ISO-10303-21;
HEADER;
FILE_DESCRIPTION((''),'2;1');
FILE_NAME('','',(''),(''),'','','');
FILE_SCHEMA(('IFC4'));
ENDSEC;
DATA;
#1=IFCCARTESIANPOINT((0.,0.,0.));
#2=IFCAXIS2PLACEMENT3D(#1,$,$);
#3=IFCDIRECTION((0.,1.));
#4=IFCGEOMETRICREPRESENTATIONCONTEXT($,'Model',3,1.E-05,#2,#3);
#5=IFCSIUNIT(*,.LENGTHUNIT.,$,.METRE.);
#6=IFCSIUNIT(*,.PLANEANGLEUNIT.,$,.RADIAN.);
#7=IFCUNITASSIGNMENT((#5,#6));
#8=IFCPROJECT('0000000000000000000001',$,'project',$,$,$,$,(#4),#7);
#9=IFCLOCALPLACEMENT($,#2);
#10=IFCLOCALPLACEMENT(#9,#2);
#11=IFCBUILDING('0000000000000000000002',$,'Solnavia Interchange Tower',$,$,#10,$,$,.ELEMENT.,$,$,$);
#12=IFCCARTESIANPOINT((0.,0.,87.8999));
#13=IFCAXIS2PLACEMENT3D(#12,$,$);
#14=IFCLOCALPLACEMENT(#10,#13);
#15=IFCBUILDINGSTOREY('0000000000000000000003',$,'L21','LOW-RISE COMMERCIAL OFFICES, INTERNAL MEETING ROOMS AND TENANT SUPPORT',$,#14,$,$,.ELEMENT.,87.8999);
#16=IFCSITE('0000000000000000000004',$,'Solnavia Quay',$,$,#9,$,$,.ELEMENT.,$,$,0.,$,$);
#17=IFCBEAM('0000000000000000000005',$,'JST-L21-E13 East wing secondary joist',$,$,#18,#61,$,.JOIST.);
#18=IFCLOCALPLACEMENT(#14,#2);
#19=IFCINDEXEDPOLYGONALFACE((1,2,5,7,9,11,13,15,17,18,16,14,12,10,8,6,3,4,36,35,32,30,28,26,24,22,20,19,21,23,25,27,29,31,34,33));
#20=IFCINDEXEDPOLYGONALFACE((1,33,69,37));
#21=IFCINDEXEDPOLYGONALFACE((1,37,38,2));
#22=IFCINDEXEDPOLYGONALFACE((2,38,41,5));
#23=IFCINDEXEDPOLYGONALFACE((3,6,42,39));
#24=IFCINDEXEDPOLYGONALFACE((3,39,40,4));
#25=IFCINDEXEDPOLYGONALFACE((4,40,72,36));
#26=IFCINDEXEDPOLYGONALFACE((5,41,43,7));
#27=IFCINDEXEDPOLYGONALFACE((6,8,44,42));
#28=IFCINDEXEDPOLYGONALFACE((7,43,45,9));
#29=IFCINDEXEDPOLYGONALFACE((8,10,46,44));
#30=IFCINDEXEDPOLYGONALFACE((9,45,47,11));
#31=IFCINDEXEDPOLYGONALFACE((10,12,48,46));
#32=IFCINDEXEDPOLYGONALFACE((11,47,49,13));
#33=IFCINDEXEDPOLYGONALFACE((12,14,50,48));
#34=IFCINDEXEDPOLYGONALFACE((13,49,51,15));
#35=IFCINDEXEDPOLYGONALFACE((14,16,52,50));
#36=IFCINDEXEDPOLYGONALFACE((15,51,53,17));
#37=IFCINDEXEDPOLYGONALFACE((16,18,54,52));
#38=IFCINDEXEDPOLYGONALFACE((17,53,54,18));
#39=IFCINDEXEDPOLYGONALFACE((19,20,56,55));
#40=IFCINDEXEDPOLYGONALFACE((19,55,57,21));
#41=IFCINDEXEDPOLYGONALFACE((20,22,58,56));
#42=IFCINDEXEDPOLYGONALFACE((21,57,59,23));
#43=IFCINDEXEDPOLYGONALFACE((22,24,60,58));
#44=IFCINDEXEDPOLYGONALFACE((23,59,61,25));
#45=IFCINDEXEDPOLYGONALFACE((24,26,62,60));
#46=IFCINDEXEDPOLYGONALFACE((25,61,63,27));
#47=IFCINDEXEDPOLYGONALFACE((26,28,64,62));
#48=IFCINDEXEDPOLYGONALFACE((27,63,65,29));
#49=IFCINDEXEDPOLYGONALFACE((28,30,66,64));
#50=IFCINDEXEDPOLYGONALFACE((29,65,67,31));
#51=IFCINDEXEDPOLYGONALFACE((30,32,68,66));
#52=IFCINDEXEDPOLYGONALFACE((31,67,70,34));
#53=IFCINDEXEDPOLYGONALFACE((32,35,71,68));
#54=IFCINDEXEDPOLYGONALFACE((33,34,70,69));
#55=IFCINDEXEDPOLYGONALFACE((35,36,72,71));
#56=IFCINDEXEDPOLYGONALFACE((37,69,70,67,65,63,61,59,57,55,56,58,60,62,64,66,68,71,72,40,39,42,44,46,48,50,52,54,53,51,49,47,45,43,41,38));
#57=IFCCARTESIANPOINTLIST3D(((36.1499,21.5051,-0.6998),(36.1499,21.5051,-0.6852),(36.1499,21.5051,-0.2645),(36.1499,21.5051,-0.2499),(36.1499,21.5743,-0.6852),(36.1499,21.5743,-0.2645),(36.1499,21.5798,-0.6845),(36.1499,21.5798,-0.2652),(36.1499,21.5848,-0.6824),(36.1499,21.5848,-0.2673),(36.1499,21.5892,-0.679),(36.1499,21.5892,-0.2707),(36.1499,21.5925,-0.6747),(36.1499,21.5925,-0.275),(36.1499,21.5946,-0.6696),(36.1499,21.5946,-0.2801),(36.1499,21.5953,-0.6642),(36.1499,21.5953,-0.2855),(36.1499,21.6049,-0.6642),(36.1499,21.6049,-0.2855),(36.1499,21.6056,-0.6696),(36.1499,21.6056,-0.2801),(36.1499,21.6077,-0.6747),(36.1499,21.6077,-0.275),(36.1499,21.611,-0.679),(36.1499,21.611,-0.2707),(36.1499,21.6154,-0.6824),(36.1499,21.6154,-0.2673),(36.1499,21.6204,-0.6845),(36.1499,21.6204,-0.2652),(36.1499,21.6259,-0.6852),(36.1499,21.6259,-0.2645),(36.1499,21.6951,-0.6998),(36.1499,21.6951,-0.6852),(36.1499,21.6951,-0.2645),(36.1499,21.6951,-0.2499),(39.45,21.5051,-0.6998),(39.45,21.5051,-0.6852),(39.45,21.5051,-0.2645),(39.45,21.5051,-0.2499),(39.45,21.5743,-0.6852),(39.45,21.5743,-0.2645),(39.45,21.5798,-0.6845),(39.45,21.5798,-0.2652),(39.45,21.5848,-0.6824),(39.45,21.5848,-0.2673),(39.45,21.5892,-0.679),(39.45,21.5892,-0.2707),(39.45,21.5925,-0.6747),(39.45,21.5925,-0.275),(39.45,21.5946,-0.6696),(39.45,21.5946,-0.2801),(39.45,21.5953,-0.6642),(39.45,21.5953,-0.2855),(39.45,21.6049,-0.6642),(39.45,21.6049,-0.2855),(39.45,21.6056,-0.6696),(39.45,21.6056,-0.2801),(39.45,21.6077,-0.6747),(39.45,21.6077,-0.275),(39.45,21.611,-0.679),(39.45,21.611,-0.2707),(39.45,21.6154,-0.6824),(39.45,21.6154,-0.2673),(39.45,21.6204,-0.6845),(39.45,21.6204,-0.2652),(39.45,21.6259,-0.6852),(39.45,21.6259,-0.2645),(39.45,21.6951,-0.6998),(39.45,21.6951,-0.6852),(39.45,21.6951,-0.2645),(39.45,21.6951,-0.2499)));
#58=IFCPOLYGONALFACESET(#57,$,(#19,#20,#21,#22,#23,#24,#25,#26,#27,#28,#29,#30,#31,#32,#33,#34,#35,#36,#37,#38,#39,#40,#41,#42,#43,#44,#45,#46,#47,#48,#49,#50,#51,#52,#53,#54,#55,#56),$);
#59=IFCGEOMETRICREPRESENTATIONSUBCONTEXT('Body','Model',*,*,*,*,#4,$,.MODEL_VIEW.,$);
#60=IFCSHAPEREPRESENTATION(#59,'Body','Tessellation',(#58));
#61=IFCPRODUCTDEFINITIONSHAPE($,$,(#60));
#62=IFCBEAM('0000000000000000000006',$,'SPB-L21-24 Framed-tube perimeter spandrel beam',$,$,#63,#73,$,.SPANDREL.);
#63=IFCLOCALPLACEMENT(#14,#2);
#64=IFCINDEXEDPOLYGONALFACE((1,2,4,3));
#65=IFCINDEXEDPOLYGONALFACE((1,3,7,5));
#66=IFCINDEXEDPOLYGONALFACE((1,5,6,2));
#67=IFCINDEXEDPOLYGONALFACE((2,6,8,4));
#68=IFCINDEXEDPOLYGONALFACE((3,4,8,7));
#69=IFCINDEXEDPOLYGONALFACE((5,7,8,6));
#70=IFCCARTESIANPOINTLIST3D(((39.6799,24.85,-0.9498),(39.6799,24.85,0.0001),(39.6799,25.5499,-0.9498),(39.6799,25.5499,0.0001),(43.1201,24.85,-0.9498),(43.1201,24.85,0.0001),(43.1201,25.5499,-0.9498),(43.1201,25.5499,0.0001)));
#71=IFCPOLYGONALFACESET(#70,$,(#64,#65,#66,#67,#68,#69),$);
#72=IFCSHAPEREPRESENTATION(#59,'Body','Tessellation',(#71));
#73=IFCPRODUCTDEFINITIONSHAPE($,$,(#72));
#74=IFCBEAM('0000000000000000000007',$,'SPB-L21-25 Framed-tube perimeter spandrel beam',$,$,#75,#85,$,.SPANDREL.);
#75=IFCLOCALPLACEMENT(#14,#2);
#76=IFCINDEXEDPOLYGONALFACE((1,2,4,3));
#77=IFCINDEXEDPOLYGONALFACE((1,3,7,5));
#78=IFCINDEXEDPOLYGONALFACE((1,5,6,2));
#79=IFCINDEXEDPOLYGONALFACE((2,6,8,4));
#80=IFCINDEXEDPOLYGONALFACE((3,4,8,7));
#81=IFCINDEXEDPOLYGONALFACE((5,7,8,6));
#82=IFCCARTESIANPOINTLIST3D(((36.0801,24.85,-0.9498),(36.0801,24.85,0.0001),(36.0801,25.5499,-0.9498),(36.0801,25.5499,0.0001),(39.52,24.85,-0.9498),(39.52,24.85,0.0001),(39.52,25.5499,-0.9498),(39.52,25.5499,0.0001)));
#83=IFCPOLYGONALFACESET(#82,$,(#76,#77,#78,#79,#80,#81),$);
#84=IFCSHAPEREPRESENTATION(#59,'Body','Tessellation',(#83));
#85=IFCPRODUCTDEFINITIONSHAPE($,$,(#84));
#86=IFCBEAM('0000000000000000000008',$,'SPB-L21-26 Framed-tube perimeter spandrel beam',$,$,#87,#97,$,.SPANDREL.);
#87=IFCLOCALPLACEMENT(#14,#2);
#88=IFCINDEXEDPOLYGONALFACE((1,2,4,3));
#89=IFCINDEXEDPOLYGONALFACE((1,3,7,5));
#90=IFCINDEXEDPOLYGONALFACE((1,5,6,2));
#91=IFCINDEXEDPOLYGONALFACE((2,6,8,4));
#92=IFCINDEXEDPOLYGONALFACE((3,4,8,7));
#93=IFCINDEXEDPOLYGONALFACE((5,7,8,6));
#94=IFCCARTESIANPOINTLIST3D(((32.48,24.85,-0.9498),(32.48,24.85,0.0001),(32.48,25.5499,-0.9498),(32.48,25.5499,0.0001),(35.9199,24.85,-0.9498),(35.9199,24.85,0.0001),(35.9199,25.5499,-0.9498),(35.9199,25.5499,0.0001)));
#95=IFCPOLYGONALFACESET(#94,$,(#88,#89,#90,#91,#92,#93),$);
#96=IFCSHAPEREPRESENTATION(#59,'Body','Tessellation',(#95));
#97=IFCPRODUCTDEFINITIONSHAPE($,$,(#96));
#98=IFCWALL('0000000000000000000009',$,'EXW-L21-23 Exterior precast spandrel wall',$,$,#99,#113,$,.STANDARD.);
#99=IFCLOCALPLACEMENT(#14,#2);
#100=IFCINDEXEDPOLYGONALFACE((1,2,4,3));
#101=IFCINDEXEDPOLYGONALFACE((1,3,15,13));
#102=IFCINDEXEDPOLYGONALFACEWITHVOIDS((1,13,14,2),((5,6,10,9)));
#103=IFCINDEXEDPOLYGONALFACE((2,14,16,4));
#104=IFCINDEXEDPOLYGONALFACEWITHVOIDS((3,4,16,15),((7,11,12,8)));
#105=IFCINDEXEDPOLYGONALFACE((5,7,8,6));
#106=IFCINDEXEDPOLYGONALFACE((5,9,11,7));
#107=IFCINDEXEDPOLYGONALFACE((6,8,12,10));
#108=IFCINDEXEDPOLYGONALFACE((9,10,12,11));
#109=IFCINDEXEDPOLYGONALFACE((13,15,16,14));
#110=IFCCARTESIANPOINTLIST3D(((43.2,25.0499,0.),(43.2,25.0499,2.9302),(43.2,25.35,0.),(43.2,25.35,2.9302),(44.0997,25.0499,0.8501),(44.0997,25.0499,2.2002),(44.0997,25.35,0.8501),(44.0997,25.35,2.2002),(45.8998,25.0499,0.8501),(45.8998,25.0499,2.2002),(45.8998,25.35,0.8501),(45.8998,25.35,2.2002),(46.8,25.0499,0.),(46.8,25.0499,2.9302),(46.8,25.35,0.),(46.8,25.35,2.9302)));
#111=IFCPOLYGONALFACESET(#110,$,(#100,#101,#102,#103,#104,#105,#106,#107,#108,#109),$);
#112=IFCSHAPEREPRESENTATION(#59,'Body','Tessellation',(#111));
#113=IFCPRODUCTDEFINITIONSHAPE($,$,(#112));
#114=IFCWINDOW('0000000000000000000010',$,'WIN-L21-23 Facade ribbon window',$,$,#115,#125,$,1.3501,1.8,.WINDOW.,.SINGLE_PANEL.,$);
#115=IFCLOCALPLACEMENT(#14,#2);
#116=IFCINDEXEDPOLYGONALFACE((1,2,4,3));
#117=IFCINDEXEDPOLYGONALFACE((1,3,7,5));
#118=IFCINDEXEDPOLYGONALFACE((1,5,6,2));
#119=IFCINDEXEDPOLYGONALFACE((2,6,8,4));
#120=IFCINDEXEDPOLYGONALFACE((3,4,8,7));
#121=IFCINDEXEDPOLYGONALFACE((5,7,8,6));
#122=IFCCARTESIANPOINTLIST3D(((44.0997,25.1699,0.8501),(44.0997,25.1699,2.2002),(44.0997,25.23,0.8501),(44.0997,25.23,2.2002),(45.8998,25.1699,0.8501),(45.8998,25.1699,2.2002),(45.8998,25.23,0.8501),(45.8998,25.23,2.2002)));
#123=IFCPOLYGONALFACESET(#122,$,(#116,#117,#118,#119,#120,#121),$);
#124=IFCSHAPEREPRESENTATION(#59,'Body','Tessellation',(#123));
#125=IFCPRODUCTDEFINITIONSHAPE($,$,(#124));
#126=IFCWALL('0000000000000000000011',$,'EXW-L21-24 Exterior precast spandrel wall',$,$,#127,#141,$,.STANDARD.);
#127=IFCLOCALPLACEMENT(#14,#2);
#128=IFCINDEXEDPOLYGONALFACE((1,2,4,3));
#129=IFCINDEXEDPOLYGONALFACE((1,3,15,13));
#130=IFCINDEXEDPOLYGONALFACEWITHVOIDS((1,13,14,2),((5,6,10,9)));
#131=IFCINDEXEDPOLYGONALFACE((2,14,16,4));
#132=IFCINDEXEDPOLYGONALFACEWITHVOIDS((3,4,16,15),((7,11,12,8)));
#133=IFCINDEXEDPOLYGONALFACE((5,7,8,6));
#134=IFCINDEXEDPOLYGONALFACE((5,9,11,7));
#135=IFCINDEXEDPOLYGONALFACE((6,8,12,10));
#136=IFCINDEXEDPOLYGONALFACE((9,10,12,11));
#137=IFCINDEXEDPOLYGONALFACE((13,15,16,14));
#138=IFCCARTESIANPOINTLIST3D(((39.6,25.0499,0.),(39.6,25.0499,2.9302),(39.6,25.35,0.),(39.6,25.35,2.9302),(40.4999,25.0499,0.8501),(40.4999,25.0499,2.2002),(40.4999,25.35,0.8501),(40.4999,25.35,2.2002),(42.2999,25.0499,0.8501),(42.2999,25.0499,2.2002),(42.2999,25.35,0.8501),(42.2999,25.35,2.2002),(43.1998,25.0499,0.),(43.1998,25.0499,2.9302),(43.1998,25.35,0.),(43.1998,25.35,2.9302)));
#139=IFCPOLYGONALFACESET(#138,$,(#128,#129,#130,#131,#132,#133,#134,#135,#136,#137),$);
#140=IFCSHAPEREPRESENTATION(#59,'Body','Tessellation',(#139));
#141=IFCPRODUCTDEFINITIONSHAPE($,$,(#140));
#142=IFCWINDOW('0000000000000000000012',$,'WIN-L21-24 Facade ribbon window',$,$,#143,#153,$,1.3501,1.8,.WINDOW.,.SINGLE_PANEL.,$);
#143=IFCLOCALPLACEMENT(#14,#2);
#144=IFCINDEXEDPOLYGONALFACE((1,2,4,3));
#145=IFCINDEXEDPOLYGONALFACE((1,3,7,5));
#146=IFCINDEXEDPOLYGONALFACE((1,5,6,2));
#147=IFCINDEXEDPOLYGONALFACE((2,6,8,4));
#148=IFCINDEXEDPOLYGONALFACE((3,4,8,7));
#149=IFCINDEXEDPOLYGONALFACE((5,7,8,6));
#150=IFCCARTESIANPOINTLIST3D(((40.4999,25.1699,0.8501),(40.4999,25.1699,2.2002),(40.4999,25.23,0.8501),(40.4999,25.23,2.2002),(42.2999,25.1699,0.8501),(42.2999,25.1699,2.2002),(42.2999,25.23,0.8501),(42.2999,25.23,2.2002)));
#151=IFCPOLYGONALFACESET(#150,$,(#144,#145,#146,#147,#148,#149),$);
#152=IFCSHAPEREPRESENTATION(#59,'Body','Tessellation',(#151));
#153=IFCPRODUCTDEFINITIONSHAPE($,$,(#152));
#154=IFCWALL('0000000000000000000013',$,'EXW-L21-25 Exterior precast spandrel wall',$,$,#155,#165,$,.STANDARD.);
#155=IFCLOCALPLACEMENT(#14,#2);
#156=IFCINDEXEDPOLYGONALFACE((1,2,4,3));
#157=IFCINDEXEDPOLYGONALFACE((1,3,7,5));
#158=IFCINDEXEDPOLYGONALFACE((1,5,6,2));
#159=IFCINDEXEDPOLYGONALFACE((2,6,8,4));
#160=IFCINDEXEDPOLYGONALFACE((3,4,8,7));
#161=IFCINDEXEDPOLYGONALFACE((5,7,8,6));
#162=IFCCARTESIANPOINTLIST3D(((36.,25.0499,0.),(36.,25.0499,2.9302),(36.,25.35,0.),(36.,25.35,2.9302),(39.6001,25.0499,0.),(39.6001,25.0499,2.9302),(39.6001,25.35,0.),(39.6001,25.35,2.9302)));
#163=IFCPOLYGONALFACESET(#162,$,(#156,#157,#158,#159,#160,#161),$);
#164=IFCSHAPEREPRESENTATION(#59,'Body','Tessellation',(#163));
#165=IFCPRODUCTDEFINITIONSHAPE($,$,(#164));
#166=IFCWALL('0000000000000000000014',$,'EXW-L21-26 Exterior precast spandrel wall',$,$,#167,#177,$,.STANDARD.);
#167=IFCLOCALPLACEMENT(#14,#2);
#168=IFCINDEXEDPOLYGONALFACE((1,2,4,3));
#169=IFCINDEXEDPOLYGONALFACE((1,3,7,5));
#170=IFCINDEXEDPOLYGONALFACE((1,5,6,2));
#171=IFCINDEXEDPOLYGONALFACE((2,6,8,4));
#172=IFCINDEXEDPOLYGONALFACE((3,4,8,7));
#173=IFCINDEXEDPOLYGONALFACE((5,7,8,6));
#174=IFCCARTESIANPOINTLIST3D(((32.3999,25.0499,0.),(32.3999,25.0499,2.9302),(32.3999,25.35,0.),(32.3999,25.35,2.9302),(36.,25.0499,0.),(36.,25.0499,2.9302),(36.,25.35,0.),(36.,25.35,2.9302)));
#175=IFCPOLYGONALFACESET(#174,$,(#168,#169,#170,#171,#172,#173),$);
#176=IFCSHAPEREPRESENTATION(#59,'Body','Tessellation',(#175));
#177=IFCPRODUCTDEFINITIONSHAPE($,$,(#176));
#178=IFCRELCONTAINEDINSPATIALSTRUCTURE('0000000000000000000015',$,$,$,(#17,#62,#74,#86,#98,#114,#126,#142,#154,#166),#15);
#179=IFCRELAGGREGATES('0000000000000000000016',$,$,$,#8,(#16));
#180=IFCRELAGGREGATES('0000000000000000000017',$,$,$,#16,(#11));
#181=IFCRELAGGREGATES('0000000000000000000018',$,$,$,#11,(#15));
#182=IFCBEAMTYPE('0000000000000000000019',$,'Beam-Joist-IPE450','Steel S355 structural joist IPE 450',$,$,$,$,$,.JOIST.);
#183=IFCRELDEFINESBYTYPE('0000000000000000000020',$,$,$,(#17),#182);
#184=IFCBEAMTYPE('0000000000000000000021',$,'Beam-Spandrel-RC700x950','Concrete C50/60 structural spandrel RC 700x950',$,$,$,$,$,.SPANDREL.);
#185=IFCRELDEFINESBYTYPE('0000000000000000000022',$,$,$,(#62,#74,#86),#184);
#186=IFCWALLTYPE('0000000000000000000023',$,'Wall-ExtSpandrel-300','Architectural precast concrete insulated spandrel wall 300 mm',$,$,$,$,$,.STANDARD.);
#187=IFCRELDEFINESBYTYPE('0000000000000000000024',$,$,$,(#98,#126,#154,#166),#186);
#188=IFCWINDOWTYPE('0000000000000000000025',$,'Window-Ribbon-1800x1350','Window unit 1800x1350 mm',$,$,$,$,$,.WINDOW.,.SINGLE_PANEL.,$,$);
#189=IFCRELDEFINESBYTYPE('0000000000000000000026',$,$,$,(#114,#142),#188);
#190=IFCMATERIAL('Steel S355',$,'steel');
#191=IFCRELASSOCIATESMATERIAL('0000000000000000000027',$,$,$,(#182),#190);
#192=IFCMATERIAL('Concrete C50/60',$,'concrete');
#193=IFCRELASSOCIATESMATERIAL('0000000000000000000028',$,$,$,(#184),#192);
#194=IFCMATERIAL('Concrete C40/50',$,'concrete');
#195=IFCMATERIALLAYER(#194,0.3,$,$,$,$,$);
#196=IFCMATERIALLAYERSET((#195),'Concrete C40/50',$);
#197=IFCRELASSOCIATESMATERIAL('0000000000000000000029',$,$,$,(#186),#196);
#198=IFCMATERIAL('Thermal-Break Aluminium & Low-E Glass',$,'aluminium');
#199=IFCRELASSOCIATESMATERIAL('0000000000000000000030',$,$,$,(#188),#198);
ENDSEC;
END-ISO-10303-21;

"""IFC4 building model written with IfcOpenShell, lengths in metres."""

from ifc_helpers import new_model, si_unit, direction, frame, frame_2d, origin, origin_2d, place, context, subcontext, project, spatial, rectangle, i_section, extrude, material, layer, layer_set, material_profile, profile_set, type_object, element, fill, save


model = new_model("IFC4")

# Units and contexts
model_context = context("Model", 3, precision=1e-05, world=origin(), true_north=direction((0.0, 1.0)))
body_context = subcontext(model_context, "Body", "Model", "MODEL_VIEW")
ifc_project = project(units=[si_unit("LENGTHUNIT", "METRE"), si_unit("PLANEANGLEUNIT", "RADIAN")], contexts=[model_context])

# Site, building, storey
site_placement = place(None, origin())
site = spatial("IfcSite", under=ifc_project, at=site_placement, Name="Solnavia Quay", CompositionType="ELEMENT", RefElevation=0.0)
building_placement = place(site_placement, origin())
building = spatial("IfcBuilding", under=site, at=building_placement, Name="Solnavia Interchange Tower", CompositionType="ELEMENT")
storey_placement = place(building_placement, frame((0.0, 0.0, 87.8999)))
storey = spatial("IfcBuildingStorey", under=building, at=storey_placement, Name="L21", Description="LOW-RISE COMMERCIAL OFFICES, INTERNAL MEETING ROOMS AND TENANT SUPPORT", CompositionType="ELEMENT", Elevation=87.8999)

# Shared definitions
ifc_material_1 = material(Name="Concrete C50/60", Category="concrete")
ifc_material_2 = material(Name="Steel S355", Category="steel")

# Beams
ifc_material_profile_1 = material_profile(ifc_material_2, i_section(OverallWidth=0.1899, OverallDepth=0.45, WebThickness=0.0095, FlangeThickness=0.0146, FilletRadius=0.021, at=origin_2d()), Name="IPE 450")
ifc_profile_set_1 = profile_set([ifc_material_profile_1], Name="Steel S355")
beam_type_1 = type_object("IfcBeamType", Name="Beam-Joist-IPE450", Description="Steel S355 structural joist IPE 450", PredefinedType="JOIST", material=ifc_profile_set_1)
for number, where, z_axis, x_axis, name in (
    (1, (36.1499, 21.6001, -0.4749), (1.0, 0.0, 0.0), (0.0, 1.0, 0.0), "JST-L21-E13 East wing secondary joist"),
):
    element("IfcBeam", number, at=place(storey_placement, frame(where, z_axis=z_axis, x_axis=x_axis)), inside=storey, type_object=beam_type_1, Name=name, PredefinedType="JOIST", context=body_context, shape_type="SweptSolid", body=[
        extrude(i_section(OverallWidth=0.1899, OverallDepth=0.45, WebThickness=0.0095, FlangeThickness=0.0146, FilletRadius=0.021, at=origin_2d()), origin(), (0.0, 0.0, 1.0), 3.3),
    ])
ifc_material_profile_2 = material_profile(ifc_material_1, rectangle(XDim=0.7, YDim=0.95, at=origin_2d()), Name="RC 700x950")
ifc_profile_set_2 = profile_set([ifc_material_profile_2], Name="Concrete C50/60")
beam_type_2 = type_object("IfcBeamType", Name="Beam-Spandrel-RC700x950", Description="Concrete C50/60 structural spandrel RC 700x950", PredefinedType="SPANDREL", material=ifc_profile_set_2)
beam_1_placement = place(storey_placement, frame((43.1201, 25.2, -0.4749), z_axis=(-1.0, 0.0, 0.0), x_axis=(0.0, -1.0, 0.0)))
element("IfcBeam", 2, at=beam_1_placement, inside=storey, type_object=beam_type_2, Name="SPB-L21-24 Framed-tube perimeter spandrel beam", PredefinedType="SPANDREL", context=body_context, shape_type="SweptSolid", body=[
    extrude(rectangle(XDim=0.7, YDim=0.95, at=origin_2d()), origin(), (0.0, 0.0, 1.0), 3.4402),
])
for number, where, z_axis, x_axis, name in (
    (3, (39.52, 25.2, -0.4749), (-1.0, 0.0, 0.0), (0.0, -1.0, 0.0), "SPB-L21-25 Framed-tube perimeter spandrel beam"),
    (4, (35.9199, 25.2, -0.4749), (-1.0, 0.0, 0.0), (0.0, -1.0, 0.0), "SPB-L21-26 Framed-tube perimeter spandrel beam"),
):
    element("IfcBeam", number, at=place(storey_placement, frame(where, z_axis=z_axis, x_axis=x_axis)), inside=storey, type_object=beam_type_2, Name=name, PredefinedType="SPANDREL", context=body_context, shape_type="SweptSolid", body=[
        extrude(rectangle(XDim=0.7, YDim=0.95, at=origin_2d()), origin(), (0.0, 0.0, 1.0), 3.4399),
    ])

# Walls, openings, windows
ifc_material_3 = material(Name="Concrete C40/50", Category="concrete")
ifc_layer_1 = layer(ifc_material_3, 0.3)
ifc_layer_set_1 = layer_set([ifc_layer_1], Name="Concrete C40/50")
wall_type_1 = type_object("IfcWallType", Name="Wall-ExtSpandrel-300", Description="Architectural precast concrete insulated spandrel wall 300 mm", PredefinedType="STANDARD", material=ifc_layer_set_1)
wall_1_placement = place(storey_placement, frame((43.2, 25.2, 0.0), z_axis=(0.0, 0.0, 1.0), x_axis=(1.0, 0.0, 0.0)))
wall_1 = element("IfcWall", 5, at=wall_1_placement, inside=storey, type_object=wall_type_1, Name="EXW-L21-23 Exterior precast spandrel wall", PredefinedType="STANDARD", context=body_context, shape_type="SweptSolid", body=[
    extrude(rectangle(XDim=3.6001, YDim=0.3, at=frame_2d((1.8, 0.0))), origin(), (0.0, 0.0, 1.0), 2.9302),
])
opening_1_placement = place(wall_1_placement, frame((0.8999, 0.0, 0.8501)))
opening_1 = element("IfcOpeningElement", 6, at=opening_1_placement, cuts=wall_1, PredefinedType="OPENING", context=body_context, shape_type="SweptSolid", body=[
    extrude(rectangle(XDim=1.8, YDim=1.3501, at=frame_2d((0.8999, 0.675))), frame((0.0, 0.1602, 0.0), z_axis=(0.0, -1.0, 0.0), x_axis=(1.0, 0.0, 0.0)), (0.0, 0.0, 1.0), 0.3201),
])
ifc_material_4 = material(Name="Thermal-Break Aluminium & Low-E Glass", Category="aluminium")
window_type = type_object("IfcWindowType", Name="Window-Ribbon-1800x1350", Description="Window unit 1800x1350 mm", PartitioningType="SINGLE_PANEL", PredefinedType="WINDOW", material=ifc_material_4)
window_1_placement = place(opening_1_placement, origin())
window_1 = element("IfcWindow", 7, at=window_1_placement, inside=storey, type_object=window_type, Name="WIN-L21-23 Facade ribbon window", OverallHeight=1.3501, OverallWidth=1.8, PartitioningType="SINGLE_PANEL", PredefinedType="WINDOW", context=body_context, shape_type="SweptSolid", body=[
    extrude(rectangle(XDim=1.8, YDim=1.3501, at=frame_2d((0.8999, 0.675))), frame((0.0, 0.03, 0.0), z_axis=(0.0, -1.0, 0.0), x_axis=(1.0, 0.0, 0.0)), (0.0, 0.0, 1.0), 0.0601),
])
fill(opening_1, window_1)
wall_2_placement = place(storey_placement, frame((39.6001, 25.2, 0.0), z_axis=(0.0, 0.0, 1.0), x_axis=(1.0, 0.0, 0.0)))
wall_2 = element("IfcWall", 8, at=wall_2_placement, inside=storey, type_object=wall_type_1, Name="EXW-L21-24 Exterior precast spandrel wall", PredefinedType="STANDARD", context=body_context, shape_type="SweptSolid", body=[
    extrude(rectangle(XDim=3.5999, YDim=0.3, at=frame_2d((1.7998, 0.0))), origin(), (0.0, 0.0, 1.0), 2.9302),
])
opening_2_placement = place(wall_2_placement, frame((0.8999, 0.0, 0.8501)))
opening_2 = element("IfcOpeningElement", 9, at=opening_2_placement, cuts=wall_2, PredefinedType="OPENING", context=body_context, shape_type="SweptSolid", body=[
    extrude(rectangle(XDim=1.8, YDim=1.3501, at=frame_2d((0.8999, 0.675))), frame((0.0, 0.1602, 0.0), z_axis=(0.0, -1.0, 0.0), x_axis=(1.0, 0.0, 0.0)), (0.0, 0.0, 1.0), 0.3201),
])
window_2_placement = place(opening_2_placement, origin())
window_2 = element("IfcWindow", 10, at=window_2_placement, inside=storey, type_object=window_type, Name="WIN-L21-24 Facade ribbon window", OverallHeight=1.3501, OverallWidth=1.8, PartitioningType="SINGLE_PANEL", PredefinedType="WINDOW", context=body_context, shape_type="SweptSolid", body=[
    extrude(rectangle(XDim=1.8, YDim=1.3501, at=frame_2d((0.8999, 0.675))), frame((0.0, 0.03, 0.0), z_axis=(0.0, -1.0, 0.0), x_axis=(1.0, 0.0, 0.0)), (0.0, 0.0, 1.0), 0.0601),
])
fill(opening_2, window_2)

# Walls
for number, where, z_axis, x_axis, name in (
    (11, (36.0, 25.2, 0.0), (0.0, 0.0, 1.0), (1.0, 0.0, 0.0), "EXW-L21-25 Exterior precast spandrel wall"),
    (12, (32.3999, 25.2, 0.0), (0.0, 0.0, 1.0), (1.0, 0.0, 0.0), "EXW-L21-26 Exterior precast spandrel wall"),
):
    element("IfcWall", number, at=place(storey_placement, frame(where, z_axis=z_axis, x_axis=x_axis)), inside=storey, type_object=wall_type_1, Name=name, PredefinedType="STANDARD", context=body_context, shape_type="SweptSolid", body=[
        extrude(rectangle(XDim=3.6001, YDim=0.3, at=frame_2d((1.8, 0.0))), origin(), (0.0, 0.0, 1.0), 2.9302),
    ])

save(model, "model.ifc")
